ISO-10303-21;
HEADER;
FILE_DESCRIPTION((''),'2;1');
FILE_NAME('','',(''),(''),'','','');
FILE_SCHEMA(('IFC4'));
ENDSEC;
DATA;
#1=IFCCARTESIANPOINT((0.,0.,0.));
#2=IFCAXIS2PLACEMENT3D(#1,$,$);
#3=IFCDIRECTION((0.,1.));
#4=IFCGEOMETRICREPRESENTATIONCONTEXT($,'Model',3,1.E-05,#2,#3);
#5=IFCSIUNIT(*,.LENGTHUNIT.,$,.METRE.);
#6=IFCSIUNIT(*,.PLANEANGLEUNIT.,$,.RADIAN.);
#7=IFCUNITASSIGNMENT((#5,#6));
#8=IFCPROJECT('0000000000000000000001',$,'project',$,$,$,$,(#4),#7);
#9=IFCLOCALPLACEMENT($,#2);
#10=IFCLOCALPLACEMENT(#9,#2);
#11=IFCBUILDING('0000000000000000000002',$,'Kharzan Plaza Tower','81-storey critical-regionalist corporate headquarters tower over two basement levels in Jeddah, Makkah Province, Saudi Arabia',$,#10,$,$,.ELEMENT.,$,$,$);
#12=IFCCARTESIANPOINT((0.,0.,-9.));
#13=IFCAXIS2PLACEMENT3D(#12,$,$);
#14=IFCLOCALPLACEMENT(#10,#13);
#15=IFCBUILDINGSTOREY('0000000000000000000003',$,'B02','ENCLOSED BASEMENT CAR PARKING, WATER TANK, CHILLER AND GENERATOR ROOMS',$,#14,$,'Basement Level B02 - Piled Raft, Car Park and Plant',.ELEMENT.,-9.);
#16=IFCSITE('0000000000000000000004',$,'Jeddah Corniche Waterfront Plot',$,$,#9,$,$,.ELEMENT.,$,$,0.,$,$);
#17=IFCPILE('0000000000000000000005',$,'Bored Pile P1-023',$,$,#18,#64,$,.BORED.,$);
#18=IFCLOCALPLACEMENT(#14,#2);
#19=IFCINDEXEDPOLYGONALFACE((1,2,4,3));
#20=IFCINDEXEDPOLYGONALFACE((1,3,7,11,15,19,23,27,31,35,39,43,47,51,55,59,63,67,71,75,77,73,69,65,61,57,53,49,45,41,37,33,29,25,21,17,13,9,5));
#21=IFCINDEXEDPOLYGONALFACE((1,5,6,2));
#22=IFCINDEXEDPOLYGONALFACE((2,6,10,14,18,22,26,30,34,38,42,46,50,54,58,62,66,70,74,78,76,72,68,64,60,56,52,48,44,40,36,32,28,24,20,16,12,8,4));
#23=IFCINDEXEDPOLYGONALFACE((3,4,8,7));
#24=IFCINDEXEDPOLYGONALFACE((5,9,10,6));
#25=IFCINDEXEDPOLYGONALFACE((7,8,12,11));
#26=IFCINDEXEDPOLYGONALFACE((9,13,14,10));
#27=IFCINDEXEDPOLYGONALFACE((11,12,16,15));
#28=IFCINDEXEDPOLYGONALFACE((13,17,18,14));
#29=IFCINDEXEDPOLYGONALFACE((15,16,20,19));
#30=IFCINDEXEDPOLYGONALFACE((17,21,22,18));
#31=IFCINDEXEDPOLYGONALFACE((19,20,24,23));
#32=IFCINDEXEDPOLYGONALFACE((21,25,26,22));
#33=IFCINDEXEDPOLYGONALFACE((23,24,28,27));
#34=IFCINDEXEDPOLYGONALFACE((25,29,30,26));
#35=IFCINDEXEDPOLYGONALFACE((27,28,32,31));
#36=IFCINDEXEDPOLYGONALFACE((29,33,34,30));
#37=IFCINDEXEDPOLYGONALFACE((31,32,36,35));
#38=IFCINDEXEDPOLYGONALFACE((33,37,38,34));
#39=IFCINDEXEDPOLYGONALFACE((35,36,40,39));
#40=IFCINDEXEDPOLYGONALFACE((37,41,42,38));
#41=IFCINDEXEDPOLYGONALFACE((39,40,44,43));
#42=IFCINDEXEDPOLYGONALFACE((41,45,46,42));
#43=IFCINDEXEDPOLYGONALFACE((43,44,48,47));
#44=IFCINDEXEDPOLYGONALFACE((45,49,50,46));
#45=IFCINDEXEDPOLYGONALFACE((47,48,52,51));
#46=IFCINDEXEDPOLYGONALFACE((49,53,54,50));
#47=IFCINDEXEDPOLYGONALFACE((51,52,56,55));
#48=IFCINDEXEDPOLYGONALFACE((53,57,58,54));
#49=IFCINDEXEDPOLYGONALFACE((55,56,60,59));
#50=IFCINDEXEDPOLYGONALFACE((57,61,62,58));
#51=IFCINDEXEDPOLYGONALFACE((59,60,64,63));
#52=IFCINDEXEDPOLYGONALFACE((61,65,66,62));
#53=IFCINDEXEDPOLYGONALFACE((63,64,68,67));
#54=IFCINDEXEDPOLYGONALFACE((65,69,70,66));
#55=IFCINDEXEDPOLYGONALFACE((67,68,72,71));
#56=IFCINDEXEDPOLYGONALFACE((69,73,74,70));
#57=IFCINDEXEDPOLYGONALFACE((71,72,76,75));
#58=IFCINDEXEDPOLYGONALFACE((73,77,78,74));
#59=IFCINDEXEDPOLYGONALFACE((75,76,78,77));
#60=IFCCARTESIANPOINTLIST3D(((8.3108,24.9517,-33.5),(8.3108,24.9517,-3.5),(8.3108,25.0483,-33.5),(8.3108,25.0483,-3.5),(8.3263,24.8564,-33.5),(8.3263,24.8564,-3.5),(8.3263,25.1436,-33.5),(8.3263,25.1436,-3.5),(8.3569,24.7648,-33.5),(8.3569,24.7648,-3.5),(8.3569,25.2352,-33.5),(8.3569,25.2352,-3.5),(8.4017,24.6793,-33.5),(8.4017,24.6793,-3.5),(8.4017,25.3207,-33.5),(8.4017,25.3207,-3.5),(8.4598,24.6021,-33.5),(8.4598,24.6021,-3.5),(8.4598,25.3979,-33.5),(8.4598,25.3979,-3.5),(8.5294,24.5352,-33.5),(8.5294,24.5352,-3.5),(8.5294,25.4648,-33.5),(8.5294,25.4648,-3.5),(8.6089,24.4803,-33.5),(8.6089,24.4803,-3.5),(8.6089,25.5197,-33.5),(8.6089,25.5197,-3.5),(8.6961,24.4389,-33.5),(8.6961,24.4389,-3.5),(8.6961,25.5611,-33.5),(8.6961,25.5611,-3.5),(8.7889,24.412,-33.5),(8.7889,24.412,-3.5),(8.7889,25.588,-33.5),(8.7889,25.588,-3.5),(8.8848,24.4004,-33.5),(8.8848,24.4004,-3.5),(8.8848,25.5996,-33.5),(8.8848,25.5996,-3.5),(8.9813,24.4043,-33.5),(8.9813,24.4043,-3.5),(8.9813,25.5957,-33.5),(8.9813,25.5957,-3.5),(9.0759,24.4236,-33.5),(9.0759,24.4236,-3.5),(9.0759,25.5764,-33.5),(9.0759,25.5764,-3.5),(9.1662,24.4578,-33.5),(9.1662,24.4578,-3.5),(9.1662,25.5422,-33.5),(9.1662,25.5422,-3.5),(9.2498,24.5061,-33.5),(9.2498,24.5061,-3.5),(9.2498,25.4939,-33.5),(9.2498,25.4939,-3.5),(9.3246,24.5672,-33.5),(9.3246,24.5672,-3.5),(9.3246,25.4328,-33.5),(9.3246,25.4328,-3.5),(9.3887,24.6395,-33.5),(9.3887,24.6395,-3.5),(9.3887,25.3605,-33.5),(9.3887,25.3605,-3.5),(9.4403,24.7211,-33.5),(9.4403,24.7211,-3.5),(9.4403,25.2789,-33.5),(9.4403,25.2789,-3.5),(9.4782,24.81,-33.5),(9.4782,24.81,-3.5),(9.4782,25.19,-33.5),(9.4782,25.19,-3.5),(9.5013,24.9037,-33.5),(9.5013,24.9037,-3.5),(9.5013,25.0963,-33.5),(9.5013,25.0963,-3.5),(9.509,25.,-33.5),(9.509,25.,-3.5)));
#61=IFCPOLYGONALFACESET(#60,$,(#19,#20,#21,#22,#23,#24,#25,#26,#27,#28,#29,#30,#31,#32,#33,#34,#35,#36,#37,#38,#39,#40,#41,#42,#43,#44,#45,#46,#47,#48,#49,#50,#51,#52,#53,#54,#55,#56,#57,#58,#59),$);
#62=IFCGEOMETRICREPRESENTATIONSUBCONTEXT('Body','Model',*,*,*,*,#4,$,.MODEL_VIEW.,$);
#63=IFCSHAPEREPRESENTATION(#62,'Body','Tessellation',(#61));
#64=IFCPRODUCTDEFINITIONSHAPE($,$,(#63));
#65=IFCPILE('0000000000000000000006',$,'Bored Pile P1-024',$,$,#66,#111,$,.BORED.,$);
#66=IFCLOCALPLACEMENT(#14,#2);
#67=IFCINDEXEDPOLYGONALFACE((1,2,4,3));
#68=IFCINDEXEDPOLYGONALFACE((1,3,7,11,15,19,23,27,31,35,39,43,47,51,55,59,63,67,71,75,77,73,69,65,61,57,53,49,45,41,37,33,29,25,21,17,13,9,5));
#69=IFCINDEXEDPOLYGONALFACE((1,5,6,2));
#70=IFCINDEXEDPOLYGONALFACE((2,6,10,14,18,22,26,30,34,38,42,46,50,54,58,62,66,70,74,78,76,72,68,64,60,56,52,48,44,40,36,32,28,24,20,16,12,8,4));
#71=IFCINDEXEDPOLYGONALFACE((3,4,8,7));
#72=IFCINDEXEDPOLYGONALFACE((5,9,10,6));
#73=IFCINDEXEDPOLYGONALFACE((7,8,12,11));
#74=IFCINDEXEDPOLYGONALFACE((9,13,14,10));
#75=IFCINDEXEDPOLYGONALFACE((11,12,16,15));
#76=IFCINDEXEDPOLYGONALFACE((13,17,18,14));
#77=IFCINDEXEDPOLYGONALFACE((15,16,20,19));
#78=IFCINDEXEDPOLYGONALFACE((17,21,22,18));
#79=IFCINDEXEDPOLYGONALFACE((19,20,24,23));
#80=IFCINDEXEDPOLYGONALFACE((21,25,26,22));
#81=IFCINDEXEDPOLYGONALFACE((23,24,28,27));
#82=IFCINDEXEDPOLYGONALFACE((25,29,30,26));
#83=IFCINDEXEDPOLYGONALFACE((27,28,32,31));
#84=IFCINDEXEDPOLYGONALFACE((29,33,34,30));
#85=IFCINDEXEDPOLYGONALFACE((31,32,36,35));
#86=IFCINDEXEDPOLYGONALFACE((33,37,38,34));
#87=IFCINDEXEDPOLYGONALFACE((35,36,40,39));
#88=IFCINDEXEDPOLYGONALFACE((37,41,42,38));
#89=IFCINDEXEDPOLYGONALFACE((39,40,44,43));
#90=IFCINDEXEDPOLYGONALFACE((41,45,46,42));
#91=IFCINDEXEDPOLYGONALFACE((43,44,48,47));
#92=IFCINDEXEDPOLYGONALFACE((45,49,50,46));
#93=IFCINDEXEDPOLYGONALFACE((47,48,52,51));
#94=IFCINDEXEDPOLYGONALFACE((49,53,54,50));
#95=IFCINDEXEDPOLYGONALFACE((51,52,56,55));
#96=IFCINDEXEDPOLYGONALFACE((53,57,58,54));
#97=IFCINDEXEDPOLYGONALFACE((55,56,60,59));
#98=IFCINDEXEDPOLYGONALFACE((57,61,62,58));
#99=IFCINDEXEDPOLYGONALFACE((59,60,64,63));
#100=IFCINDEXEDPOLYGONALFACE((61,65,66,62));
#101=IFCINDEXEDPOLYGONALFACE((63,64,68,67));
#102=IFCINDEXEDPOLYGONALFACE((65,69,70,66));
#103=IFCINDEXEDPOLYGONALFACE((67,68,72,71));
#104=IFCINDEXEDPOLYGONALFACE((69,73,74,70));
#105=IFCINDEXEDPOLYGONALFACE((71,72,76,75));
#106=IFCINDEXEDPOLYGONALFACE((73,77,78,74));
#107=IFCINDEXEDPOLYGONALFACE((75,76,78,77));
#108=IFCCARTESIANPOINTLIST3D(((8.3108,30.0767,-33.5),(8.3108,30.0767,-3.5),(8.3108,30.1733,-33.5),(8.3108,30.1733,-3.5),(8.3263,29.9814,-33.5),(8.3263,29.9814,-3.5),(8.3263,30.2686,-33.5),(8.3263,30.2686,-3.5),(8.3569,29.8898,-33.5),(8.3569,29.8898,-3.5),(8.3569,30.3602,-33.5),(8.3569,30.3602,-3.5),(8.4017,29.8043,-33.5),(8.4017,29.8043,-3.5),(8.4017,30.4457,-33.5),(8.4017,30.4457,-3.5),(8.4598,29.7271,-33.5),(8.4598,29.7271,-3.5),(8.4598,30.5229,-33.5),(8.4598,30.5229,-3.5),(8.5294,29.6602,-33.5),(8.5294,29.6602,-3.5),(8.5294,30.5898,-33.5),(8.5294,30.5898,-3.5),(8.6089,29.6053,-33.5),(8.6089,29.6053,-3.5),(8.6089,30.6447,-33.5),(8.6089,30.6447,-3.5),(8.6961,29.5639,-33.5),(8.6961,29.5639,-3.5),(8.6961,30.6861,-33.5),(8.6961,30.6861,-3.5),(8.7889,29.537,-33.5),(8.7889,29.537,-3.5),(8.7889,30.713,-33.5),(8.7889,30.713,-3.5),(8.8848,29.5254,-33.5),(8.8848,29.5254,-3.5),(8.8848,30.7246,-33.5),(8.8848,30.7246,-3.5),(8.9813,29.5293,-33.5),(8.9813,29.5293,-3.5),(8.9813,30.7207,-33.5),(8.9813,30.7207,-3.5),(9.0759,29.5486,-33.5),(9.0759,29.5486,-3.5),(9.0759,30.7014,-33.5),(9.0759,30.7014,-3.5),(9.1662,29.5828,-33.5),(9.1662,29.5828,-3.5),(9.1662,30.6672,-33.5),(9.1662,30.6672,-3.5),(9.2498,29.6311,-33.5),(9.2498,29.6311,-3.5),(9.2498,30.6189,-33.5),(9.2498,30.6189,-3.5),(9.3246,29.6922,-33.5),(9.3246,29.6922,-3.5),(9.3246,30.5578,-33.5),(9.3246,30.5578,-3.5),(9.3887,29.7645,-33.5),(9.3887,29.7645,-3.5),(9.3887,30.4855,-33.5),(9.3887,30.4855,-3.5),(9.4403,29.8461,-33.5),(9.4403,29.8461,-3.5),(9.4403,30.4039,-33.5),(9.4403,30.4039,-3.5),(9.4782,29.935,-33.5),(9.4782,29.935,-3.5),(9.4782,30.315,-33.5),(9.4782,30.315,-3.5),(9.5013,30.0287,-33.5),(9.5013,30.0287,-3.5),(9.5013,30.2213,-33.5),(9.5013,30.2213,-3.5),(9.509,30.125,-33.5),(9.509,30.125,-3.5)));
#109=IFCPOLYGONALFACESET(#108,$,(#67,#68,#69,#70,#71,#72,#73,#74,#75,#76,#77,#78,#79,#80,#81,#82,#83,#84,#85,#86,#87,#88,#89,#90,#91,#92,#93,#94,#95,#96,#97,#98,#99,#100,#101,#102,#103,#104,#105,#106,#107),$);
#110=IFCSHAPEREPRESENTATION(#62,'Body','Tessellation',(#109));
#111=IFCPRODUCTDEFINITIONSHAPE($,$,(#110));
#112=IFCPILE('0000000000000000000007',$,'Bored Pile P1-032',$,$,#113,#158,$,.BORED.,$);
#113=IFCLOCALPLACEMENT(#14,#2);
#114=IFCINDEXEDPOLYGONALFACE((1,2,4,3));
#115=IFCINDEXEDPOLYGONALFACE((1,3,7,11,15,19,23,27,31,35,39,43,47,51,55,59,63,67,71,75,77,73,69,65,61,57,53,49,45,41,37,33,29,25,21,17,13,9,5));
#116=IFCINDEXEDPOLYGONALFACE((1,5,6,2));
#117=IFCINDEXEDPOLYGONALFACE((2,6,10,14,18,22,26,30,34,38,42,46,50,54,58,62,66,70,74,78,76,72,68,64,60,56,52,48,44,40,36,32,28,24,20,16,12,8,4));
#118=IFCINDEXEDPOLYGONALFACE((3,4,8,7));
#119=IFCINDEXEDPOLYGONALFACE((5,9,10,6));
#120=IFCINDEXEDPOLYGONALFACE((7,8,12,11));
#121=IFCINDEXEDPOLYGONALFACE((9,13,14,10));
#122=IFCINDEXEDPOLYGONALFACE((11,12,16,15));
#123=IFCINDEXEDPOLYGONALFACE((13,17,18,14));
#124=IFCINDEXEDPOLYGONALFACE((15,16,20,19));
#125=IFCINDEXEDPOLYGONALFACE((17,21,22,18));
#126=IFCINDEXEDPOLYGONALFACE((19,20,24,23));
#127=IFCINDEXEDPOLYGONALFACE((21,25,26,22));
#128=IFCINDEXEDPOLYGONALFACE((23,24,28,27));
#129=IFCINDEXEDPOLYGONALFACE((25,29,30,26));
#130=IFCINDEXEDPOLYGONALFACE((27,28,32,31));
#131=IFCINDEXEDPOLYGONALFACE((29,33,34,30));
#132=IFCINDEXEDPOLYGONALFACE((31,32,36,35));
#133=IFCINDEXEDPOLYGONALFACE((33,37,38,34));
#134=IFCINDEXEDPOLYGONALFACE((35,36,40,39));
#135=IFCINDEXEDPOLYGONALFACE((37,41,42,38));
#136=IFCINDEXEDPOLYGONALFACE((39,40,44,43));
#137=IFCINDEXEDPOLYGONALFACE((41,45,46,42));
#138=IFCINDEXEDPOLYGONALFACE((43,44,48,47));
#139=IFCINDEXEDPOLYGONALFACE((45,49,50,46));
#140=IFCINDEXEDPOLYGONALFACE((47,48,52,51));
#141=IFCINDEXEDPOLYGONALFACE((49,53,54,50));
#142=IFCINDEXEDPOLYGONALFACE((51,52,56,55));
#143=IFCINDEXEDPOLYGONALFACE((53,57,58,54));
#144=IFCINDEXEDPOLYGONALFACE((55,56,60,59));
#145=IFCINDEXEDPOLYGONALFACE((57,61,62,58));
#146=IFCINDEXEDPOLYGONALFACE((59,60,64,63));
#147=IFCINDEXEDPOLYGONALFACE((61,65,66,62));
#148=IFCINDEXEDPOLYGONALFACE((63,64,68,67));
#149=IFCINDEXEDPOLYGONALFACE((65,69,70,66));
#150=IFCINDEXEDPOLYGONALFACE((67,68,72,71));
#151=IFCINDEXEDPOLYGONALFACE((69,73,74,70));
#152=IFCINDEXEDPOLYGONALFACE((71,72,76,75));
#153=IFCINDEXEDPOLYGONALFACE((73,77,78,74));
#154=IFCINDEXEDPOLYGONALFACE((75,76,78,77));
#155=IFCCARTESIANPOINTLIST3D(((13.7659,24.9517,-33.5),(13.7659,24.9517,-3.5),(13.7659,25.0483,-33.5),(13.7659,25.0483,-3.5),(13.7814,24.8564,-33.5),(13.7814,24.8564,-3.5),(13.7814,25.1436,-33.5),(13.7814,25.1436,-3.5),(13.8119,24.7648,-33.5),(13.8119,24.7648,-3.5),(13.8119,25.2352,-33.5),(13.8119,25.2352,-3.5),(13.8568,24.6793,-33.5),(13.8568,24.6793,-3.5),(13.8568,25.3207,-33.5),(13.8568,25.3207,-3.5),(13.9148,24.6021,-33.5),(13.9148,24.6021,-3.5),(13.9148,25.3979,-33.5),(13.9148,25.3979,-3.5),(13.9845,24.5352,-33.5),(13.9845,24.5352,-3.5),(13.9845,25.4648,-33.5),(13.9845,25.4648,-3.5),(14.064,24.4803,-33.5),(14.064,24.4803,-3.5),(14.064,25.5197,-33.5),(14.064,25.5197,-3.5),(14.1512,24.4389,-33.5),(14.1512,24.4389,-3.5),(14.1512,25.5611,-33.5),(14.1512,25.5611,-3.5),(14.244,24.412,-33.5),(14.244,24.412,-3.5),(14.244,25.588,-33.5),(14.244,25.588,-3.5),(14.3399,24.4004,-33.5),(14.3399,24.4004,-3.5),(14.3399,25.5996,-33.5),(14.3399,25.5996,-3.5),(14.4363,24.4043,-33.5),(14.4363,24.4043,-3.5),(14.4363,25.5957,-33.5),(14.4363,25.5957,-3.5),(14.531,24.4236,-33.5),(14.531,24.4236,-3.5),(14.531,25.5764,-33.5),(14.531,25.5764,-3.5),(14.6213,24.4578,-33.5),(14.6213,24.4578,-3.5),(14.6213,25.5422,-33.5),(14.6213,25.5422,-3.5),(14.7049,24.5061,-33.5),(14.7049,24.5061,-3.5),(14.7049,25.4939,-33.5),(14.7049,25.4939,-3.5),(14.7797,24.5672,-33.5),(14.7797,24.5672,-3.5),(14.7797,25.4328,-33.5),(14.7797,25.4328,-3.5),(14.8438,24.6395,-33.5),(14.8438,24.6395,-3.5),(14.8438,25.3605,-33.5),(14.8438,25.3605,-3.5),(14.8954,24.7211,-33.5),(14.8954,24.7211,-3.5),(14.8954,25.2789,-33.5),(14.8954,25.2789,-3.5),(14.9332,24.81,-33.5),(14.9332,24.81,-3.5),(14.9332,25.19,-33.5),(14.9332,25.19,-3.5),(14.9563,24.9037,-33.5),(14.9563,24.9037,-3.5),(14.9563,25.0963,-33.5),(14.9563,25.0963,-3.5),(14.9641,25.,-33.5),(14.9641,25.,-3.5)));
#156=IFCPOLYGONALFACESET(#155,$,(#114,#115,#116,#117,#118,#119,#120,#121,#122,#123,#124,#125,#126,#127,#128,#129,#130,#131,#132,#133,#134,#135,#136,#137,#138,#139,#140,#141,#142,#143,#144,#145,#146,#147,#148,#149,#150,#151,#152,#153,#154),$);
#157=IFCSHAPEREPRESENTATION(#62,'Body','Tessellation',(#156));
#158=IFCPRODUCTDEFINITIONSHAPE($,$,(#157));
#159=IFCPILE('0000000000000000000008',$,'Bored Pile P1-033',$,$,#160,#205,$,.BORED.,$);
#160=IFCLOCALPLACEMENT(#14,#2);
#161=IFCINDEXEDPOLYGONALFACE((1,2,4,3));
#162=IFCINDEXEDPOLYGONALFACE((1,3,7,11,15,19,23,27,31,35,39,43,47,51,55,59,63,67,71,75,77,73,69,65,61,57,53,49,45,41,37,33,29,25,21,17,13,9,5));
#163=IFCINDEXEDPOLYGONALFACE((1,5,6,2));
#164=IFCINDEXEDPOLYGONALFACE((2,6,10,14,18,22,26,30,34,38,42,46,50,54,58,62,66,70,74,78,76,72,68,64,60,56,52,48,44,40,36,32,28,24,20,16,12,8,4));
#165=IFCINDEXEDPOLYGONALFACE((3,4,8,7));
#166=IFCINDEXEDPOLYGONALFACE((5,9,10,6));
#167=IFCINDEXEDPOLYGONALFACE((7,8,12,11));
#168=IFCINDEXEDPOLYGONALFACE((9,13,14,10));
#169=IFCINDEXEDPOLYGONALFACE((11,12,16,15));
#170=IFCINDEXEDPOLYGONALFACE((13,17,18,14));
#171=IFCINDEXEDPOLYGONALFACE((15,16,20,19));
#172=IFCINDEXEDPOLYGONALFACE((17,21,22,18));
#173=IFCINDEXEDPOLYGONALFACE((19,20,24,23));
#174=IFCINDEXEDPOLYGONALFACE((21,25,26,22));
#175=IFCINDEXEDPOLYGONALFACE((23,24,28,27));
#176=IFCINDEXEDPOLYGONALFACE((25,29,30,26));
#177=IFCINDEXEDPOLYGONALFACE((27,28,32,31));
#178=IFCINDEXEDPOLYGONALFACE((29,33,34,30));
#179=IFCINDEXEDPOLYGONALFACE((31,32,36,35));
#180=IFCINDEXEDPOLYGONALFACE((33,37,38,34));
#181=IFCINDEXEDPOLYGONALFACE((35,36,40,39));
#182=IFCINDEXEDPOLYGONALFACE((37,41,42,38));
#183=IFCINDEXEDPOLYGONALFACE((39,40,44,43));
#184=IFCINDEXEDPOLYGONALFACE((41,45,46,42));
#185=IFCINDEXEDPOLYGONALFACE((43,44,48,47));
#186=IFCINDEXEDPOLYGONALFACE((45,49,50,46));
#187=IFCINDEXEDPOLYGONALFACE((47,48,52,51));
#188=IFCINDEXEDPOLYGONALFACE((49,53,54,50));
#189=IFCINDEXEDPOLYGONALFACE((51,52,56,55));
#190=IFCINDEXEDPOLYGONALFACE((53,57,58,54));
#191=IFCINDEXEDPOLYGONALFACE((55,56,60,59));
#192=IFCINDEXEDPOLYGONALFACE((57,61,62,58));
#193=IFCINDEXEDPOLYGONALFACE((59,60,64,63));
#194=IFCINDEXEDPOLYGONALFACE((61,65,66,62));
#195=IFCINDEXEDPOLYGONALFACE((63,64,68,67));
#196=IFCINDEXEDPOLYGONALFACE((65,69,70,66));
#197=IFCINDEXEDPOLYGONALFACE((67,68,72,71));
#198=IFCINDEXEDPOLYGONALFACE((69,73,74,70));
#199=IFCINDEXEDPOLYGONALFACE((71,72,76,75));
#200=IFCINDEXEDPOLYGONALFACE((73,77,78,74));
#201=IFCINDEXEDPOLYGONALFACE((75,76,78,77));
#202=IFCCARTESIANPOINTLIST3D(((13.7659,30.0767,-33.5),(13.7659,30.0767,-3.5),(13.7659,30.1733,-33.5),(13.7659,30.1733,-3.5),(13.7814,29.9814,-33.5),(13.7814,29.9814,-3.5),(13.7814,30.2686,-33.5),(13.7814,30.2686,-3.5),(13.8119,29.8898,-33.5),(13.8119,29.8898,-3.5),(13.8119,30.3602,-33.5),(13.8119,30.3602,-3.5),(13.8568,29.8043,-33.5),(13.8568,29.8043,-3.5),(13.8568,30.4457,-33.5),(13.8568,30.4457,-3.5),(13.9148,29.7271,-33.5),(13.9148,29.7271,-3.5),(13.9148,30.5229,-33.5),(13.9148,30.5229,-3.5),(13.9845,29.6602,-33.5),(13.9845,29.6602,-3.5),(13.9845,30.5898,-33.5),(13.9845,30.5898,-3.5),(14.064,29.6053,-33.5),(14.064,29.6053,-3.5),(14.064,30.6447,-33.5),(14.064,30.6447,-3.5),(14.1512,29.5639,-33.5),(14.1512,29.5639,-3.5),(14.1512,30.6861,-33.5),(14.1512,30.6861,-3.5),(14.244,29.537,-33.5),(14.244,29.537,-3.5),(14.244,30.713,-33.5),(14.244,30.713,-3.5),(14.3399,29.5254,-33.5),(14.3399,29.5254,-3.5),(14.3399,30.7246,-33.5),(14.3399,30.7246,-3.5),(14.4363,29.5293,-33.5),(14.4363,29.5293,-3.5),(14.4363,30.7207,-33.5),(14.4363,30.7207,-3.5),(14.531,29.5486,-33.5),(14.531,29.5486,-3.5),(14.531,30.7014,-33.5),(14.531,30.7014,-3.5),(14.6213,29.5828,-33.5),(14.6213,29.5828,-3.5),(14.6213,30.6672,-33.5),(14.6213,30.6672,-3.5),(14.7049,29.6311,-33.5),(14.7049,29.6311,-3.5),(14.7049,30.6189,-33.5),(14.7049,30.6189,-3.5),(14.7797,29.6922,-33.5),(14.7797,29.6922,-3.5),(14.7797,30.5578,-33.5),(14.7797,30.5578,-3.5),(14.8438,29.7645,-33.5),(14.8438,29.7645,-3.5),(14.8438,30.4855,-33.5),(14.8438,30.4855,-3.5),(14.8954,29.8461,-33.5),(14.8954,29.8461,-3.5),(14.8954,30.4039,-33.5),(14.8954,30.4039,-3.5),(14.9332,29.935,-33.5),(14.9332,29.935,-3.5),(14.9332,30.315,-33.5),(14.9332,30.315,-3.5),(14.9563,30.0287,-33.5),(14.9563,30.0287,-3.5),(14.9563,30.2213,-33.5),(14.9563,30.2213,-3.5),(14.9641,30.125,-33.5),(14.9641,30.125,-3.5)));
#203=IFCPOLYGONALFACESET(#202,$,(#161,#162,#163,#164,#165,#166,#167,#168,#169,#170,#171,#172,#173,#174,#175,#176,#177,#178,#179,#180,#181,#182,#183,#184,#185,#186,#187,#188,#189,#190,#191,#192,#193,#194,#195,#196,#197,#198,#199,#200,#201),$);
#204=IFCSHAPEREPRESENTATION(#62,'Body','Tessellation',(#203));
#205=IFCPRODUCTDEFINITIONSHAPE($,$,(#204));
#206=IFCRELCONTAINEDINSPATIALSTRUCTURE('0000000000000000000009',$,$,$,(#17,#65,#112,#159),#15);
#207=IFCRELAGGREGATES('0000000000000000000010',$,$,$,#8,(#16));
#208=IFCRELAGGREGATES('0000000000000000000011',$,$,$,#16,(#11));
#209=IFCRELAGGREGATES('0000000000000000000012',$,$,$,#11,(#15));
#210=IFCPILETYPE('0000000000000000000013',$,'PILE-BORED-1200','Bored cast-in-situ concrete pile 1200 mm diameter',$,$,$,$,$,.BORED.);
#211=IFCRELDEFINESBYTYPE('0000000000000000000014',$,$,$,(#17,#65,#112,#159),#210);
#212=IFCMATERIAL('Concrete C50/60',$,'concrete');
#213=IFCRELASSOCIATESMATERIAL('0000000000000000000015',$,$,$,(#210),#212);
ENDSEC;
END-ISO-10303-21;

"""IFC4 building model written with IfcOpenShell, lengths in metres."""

from ifc_helpers import new_model, si_unit, direction, frame, origin, origin_2d, place, context, subcontext, project, spatial, circle, extrude, source, transform, mapped, material, material_profile, profile_set, type_object, element, save


model = new_model("IFC4")

# Units and contexts
model_context = context("Model", 3, precision=1e-05, world=origin(), true_north=direction((0.0, 1.0)))
body_context = subcontext(model_context, "Body", "Model", "MODEL_VIEW")
ifc_project = project(units=[si_unit("LENGTHUNIT", "METRE"), si_unit("PLANEANGLEUNIT", "RADIAN")], contexts=[model_context])

# Site, building, storey
site_placement = place(None, origin())
site = spatial("IfcSite", under=ifc_project, at=site_placement, Name="Jeddah Corniche Waterfront Plot", CompositionType="ELEMENT", RefElevation=0.0)
building_placement = place(site_placement, origin())
building = spatial("IfcBuilding", under=site, at=building_placement, Name="Kharzan Plaza Tower", Description="81-storey critical-regionalist corporate headquarters tower over two basement levels in Jeddah, Makkah Province, Saudi Arabia", CompositionType="ELEMENT")
storey_placement = place(building_placement, frame((0.0, 0.0, -9.0)))
storey = spatial("IfcBuildingStorey", under=building, at=storey_placement, Name="B02", Description="ENCLOSED BASEMENT CAR PARKING, WATER TANK, CHILLER AND GENERATOR ROOMS", LongName="Basement Level B02 - Piled Raft, Car Park and Plant", CompositionType="ELEMENT", Elevation=-9.0)

# Piles
ifc_material_1 = material(Name="Concrete C50/60", Category="concrete")
ifc_material_profile_1 = material_profile(ifc_material_1, circle(Radius=0.6001, at=origin_2d()), Name="PILE-D1200")
ifc_profile_set_1 = profile_set([ifc_material_profile_1], Name="Concrete C50/60")
pile_type = type_object("IfcPileType", Name="PILE-BORED-1200", Description="Bored cast-in-situ concrete pile 1200 mm diameter", PredefinedType="BORED", material=ifc_profile_set_1)
shared_shape_1 = source(origin(), body_context, "Body", "SweptSolid", [
    extrude(circle(Radius=0.6001, at=origin_2d()), origin(), (0.0, 0.0, 1.0), 30.0),
])
for number, where, z_axis, x_axis, name in (
    (1, (8.9089, 25.0, -3.5), (0.0, 0.0, -1.0), (1.0, 0.0, 0.0), "Bored Pile P1-023"),
    (2, (8.9089, 30.125, -3.5), (0.0, 0.0, -1.0), (1.0, 0.0, 0.0), "Bored Pile P1-024"),
    (3, (14.364, 25.0, -3.5), (0.0, 0.0, -1.0), (1.0, 0.0, 0.0), "Bored Pile P1-032"),
    (4, (14.364, 30.125, -3.5), (0.0, 0.0, -1.0), (1.0, 0.0, 0.0), "Bored Pile P1-033"),
):
    element("IfcPile", number, at=place(storey_placement, frame(where, z_axis=z_axis, x_axis=x_axis)), inside=storey, type_object=pile_type, Name=name, PredefinedType="BORED", context=body_context, shape_type="MappedRepresentation", body=[
        mapped(shared_shape_1, transform((0.0, 0.0, 0.0), x_axis=(1.0, 0.0, 0.0), y_axis=(0.0, 1.0, 0.0), z_axis=(0.0, 0.0, 1.0))),
    ])

save(model, "model.ifc")
